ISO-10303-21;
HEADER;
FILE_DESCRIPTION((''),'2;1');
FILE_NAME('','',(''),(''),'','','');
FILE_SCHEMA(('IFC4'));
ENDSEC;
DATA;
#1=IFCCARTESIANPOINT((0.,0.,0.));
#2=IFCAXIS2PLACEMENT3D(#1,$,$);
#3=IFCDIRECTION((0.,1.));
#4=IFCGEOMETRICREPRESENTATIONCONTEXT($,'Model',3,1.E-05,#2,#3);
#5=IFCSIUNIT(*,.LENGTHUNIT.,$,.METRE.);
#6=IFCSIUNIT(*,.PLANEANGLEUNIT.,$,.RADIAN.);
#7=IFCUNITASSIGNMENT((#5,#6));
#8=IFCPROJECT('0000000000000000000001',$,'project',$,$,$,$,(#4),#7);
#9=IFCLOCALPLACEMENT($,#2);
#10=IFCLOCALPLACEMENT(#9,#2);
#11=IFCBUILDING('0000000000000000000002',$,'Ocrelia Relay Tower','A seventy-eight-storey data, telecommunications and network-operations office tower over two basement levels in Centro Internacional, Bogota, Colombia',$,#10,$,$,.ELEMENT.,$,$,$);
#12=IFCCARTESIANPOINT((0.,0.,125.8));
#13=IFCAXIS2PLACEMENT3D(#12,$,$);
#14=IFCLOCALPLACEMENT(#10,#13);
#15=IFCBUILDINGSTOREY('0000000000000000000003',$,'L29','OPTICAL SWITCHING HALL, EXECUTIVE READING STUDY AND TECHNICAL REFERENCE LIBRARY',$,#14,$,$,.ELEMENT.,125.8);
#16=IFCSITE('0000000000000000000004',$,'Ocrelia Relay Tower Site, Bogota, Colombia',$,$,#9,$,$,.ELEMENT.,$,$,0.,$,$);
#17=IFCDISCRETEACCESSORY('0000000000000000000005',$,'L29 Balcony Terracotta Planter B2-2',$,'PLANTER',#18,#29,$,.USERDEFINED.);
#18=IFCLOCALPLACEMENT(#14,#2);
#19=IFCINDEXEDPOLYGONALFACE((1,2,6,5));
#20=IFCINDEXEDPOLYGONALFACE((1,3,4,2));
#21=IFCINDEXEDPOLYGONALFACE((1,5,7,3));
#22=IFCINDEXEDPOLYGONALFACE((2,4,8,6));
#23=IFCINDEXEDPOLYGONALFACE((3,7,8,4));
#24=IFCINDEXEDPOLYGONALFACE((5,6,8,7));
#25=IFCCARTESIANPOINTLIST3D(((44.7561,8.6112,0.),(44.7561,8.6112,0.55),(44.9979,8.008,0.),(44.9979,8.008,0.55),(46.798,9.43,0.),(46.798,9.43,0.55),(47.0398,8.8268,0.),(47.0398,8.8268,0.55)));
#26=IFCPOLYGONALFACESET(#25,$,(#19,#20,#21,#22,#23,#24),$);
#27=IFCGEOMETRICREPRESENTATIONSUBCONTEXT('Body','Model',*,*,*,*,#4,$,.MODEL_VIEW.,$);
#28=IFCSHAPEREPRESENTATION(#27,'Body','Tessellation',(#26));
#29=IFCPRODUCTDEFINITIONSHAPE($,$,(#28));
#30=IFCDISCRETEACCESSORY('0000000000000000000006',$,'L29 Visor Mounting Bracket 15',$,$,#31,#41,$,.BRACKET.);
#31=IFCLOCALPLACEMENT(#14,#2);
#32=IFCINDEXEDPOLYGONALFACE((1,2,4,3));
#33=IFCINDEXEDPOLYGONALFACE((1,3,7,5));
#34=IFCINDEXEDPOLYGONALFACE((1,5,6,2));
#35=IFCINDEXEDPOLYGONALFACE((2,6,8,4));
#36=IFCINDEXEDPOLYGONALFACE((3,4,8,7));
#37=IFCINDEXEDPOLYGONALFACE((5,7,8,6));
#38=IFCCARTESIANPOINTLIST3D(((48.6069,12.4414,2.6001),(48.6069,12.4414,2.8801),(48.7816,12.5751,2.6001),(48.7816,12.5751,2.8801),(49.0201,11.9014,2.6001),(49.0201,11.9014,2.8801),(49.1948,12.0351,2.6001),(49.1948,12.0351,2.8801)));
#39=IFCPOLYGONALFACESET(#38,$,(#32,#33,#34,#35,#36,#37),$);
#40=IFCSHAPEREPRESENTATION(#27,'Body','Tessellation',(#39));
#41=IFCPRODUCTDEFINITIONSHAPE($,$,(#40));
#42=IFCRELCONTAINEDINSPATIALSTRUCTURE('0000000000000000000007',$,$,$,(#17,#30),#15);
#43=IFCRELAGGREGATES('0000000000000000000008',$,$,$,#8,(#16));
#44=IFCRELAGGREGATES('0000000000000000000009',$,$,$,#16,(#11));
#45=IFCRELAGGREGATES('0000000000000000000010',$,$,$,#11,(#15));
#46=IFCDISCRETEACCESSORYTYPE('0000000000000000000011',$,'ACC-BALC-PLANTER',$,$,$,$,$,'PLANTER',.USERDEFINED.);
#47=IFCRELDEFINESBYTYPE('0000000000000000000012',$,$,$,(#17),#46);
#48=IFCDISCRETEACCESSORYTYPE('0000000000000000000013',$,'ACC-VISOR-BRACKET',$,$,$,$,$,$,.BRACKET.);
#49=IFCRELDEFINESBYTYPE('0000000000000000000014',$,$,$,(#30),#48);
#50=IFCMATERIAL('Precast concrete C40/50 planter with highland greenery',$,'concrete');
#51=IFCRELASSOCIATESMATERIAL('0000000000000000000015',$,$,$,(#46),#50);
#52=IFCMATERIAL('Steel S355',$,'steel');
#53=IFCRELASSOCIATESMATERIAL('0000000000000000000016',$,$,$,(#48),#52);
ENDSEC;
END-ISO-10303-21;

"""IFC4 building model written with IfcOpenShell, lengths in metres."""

from ifc_helpers import new_model, si_unit, direction, frame, origin, origin_2d, place, context, subcontext, project, spatial, rectangle, extrude, material, type_object, element, save


model = new_model("IFC4")

# Units and contexts
model_context = context("Model", 3, precision=1e-05, world=origin(), true_north=direction((0.0, 1.0)))
body_context = subcontext(model_context, "Body", "Model", "MODEL_VIEW")
ifc_project = project(units=[si_unit("LENGTHUNIT", "METRE"), si_unit("PLANEANGLEUNIT", "RADIAN")], contexts=[model_context])

# Site, building, storey
site_placement = place(None, origin())
site = spatial("IfcSite", under=ifc_project, at=site_placement, Name="Ocrelia Relay Tower Site, Bogota, Colombia", CompositionType="ELEMENT", RefElevation=0.0)
building_placement = place(site_placement, origin())
building = spatial("IfcBuilding", under=site, at=building_placement, Name="Ocrelia Relay Tower", Description="A seventy-eight-storey data, telecommunications and network-operations office tower over two basement levels in Centro Internacional, Bogota, Colombia", CompositionType="ELEMENT")
storey_placement = place(building_placement, frame((0.0, 0.0, 125.8)))
storey = spatial("IfcBuildingStorey", under=building, at=storey_placement, Name="L29", Description="OPTICAL SWITCHING HALL, EXECUTIVE READING STUDY AND TECHNICAL REFERENCE LIBRARY", CompositionType="ELEMENT", Elevation=125.8)

# Shared definitions
ifc_material_1 = material(Name="Steel S355", Category="steel")

# Discrete accessories
ifc_material_2 = material(Name="Precast concrete C40/50 planter with highland greenery", Category="concrete")
discrete_accessory_type_1 = type_object("IfcDiscreteAccessoryType", Name="ACC-BALC-PLANTER", ElementType="PLANTER", PredefinedType="USERDEFINED", material=ifc_material_2)
discrete_accessory_1_placement = place(storey_placement, frame((45.8979, 8.719, 0.0), z_axis=(0.0, 0.0, 1.0), x_axis=(-0.928161, -0.372179, 0.0)))
element("IfcDiscreteAccessory", 1, at=discrete_accessory_1_placement, inside=storey, type_object=discrete_accessory_type_1, Name="L29 Balcony Terracotta Planter B2-2", ObjectType="PLANTER", PredefinedType="USERDEFINED", context=body_context, shape_type="SweptSolid", body=[
    extrude(rectangle(XDim=2.2, YDim=0.6499, at=origin_2d()), origin(), (0.0, 0.0, 1.0), 0.55),
])
discrete_accessory_type_2 = type_object("IfcDiscreteAccessoryType", Name="ACC-VISOR-BRACKET", PredefinedType="BRACKET", material=ifc_material_1)
discrete_accessory_2_placement = place(storey_placement, frame((48.9009, 12.2383, 2.6001), z_axis=(0.0, 0.0, 1.0), x_axis=(0.794191, 0.607669, 0.0)))
element("IfcDiscreteAccessory", 2, at=discrete_accessory_2_placement, inside=storey, type_object=discrete_accessory_type_2, Name="L29 Visor Mounting Bracket 15", PredefinedType="BRACKET", context=body_context, shape_type="SweptSolid", body=[
    extrude(rectangle(XDim=0.22, YDim=0.6799, at=origin_2d()), origin(), (0.0, 0.0, 1.0), 0.28),
])

save(model, "model.ifc")
